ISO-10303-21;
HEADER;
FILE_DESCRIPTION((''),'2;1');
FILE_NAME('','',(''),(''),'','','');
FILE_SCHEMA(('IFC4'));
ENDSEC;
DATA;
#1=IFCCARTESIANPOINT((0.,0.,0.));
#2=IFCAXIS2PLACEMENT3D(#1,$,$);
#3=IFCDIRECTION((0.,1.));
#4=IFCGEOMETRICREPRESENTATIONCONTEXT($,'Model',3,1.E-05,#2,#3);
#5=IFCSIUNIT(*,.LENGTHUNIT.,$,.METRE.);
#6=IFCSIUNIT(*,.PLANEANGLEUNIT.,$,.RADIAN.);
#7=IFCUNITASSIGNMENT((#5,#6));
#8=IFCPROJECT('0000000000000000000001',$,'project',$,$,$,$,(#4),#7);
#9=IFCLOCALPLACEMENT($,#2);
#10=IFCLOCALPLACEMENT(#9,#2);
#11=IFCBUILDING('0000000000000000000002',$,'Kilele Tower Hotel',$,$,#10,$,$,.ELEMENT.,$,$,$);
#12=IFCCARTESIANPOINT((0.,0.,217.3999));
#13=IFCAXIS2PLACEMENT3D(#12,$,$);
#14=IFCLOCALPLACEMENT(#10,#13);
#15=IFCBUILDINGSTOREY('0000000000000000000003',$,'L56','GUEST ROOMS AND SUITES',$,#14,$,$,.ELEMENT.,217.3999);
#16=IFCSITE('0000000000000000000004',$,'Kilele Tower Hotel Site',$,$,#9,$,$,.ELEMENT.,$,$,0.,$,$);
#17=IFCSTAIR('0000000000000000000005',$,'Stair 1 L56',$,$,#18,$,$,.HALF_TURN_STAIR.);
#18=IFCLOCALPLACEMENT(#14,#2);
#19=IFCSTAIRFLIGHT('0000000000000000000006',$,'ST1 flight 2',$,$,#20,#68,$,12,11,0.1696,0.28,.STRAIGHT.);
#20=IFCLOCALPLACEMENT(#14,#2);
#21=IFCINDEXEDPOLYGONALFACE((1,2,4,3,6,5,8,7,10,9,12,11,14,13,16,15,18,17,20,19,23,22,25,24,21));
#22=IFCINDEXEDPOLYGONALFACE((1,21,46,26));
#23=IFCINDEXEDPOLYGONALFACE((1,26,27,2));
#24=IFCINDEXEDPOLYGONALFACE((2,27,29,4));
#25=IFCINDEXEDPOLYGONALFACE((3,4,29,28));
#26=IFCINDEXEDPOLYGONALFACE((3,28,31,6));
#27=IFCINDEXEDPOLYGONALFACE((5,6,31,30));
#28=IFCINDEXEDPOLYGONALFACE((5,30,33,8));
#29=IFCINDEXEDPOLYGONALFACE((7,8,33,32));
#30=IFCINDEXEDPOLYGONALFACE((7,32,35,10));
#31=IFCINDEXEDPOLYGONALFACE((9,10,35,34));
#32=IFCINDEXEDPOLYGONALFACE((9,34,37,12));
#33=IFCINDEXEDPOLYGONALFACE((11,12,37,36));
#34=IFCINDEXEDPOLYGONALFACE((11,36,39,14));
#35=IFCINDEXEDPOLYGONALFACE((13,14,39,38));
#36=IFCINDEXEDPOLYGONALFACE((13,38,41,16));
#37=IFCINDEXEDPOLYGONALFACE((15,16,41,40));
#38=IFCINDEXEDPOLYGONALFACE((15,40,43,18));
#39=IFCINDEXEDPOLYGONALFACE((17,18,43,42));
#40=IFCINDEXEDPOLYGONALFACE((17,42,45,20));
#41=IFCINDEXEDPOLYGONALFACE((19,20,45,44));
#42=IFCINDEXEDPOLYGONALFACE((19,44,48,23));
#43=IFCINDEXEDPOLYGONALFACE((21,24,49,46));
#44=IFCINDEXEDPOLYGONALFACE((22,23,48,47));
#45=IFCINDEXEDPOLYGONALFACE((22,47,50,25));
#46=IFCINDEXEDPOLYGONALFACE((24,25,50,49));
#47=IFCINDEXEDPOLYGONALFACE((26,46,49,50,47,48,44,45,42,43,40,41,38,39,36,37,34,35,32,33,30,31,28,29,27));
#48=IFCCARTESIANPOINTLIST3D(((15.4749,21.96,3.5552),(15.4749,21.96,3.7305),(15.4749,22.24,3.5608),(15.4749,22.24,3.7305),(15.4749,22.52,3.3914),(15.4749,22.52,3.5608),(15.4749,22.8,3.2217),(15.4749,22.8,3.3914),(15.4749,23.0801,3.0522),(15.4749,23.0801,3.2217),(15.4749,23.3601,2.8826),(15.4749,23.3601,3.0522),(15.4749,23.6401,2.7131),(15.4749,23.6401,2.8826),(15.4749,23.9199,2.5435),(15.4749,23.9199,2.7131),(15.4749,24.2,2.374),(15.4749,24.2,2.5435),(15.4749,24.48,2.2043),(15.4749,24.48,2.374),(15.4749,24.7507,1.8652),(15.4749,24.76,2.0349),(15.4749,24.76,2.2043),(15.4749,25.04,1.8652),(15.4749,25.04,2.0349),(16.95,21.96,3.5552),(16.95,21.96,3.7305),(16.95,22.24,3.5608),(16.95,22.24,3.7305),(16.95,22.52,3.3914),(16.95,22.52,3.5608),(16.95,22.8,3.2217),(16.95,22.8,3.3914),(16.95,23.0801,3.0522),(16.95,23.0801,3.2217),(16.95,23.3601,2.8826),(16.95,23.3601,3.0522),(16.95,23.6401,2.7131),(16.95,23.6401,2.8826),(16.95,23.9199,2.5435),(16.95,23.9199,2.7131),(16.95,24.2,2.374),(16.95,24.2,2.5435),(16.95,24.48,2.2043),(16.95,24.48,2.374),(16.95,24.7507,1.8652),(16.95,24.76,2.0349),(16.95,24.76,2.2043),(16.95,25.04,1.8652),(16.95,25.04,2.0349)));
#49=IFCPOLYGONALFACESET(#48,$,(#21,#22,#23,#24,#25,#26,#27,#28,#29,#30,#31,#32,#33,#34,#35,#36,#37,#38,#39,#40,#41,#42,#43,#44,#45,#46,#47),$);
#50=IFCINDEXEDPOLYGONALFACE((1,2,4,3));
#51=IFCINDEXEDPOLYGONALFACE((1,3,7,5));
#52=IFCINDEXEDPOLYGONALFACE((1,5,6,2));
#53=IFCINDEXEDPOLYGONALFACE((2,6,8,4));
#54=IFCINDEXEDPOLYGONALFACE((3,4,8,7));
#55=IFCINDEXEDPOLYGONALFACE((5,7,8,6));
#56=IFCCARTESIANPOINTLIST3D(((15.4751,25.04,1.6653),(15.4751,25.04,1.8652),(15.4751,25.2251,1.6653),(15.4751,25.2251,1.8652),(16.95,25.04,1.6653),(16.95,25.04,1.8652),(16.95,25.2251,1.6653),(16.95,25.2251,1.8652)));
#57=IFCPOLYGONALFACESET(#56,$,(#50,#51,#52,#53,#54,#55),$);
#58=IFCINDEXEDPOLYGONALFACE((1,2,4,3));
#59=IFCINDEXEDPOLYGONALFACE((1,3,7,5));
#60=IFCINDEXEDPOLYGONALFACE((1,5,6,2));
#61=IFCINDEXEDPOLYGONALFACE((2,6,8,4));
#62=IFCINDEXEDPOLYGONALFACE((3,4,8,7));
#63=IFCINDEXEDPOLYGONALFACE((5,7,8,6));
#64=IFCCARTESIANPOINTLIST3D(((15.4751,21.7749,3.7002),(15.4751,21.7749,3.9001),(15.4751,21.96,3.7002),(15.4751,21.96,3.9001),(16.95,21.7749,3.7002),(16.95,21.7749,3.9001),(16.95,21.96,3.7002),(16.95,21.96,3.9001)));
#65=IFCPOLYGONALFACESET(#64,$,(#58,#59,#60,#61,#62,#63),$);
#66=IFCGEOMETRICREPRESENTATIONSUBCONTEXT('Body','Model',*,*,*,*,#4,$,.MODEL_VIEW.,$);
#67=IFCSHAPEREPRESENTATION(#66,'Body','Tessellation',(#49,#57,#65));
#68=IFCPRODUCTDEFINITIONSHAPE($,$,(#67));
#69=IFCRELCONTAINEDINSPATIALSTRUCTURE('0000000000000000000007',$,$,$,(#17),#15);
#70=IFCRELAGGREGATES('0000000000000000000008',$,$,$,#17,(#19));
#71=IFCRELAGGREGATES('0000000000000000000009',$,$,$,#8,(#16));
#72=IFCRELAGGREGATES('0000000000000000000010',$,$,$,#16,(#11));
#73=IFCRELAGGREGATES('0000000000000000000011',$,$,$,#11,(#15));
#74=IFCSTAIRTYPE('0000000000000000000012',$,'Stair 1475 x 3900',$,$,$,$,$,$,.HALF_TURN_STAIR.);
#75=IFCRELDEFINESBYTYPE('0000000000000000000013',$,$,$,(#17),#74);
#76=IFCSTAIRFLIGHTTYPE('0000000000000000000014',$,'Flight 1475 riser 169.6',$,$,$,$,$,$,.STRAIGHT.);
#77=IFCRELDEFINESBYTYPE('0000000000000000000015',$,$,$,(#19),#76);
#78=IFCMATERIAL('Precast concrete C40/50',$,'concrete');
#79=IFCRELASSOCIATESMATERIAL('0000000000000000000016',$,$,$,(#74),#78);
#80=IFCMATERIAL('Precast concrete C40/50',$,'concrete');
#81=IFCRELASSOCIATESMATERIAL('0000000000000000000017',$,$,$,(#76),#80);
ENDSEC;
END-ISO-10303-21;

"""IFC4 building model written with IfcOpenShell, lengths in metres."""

from ifc_helpers import new_model, si_unit, direction, frame, origin, place, context, subcontext, project, spatial, polyline, outline, extrude, material, type_object, element, aggregate, save


model = new_model("IFC4")

# Units and contexts
model_context = context("Model", 3, precision=1e-05, world=origin(), true_north=direction((0.0, 1.0)))
body_context = subcontext(model_context, "Body", "Model", "MODEL_VIEW")
ifc_project = project(units=[si_unit("LENGTHUNIT", "METRE"), si_unit("PLANEANGLEUNIT", "RADIAN")], contexts=[model_context])

# Site, building, storey
site_placement = place(None, origin())
site = spatial("IfcSite", under=ifc_project, at=site_placement, Name="Kilele Tower Hotel Site", CompositionType="ELEMENT", RefElevation=0.0)
building_placement = place(site_placement, origin())
building = spatial("IfcBuilding", under=site, at=building_placement, Name="Kilele Tower Hotel", CompositionType="ELEMENT")
storey_placement = place(building_placement, frame((0.0, 0.0, 217.3999)))
storey = spatial("IfcBuildingStorey", under=building, at=storey_placement, Name="L56", Description="GUEST ROOMS AND SUITES", CompositionType="ELEMENT", Elevation=217.3999)

# Stair, stair flight
ifc_material_1 = material(Name="Precast concrete C40/50", Category="concrete")
stair_type = type_object("IfcStairType", Name="Stair 1475 x 3900", PredefinedType="HALF_TURN_STAIR", material=ifc_material_1)
stair_placement = place(storey_placement, origin())
stair = element("IfcStair", 1, at=stair_placement, inside=storey, type_object=stair_type, Name="Stair 1 L56", PredefinedType="HALF_TURN_STAIR")
ifc_material_2 = material(Name="Precast concrete C40/50", Category="concrete")
stair_flight_type = type_object("IfcStairFlightType", Name="Flight 1475 riser 169.6", PredefinedType="STRAIGHT", material=ifc_material_2)
stair_flight_placement = place(storey_placement, frame((16.2124, 25.04, 1.8652), z_axis=(0.0, 0.0, 1.0), x_axis=(0.0, -1.0, 0.0)))
stair_flight = element("IfcStairFlight", 2, at=stair_flight_placement, type_object=stair_flight_type, Name="ST1 flight 2", NumberOfRisers=12, NumberOfTreads=11, PredefinedType="STRAIGHT", RiserHeight=0.1696, TreadLength=0.28, context=body_context, shape_type="SweptSolid", body=[
    extrude(outline(polyline([(0.0, 0.0), (0.0, 0.1697), (0.28, 0.1697), (0.28, 0.3391), (0.5601, 0.3391), (0.5601, 0.5088), (0.8401, 0.5088), (0.8401, 0.6782), (1.1201, 0.6782), (1.1201, 0.8479), (1.3999, 0.8479), (1.3999, 1.0173), (1.6799, 1.0173), (1.6799, 1.187), (1.96, 1.187), (1.96, 1.3564), (2.24, 1.3564), (2.24, 1.5261), (2.52, 1.5261), (2.52, 1.6956), (2.8, 1.6956), (2.8, 1.8652), (3.0801, 1.8652), (3.0801, 2.0347), (3.0801, 1.6899), (0.2893, 0.0), (0.0, 0.0)])), frame((0.0, 0.7375, 0.0), z_axis=(0.0, -1.0, 0.0), x_axis=(1.0, 0.0, 0.0)), (0.0, 0.0, 1.0), 1.4751),
    extrude(outline(polyline([(0.0, -0.7373), (0.0, 0.7375), (-0.1851, 0.7375), (-0.1851, -0.7373), (0.0, -0.7373)])), frame((0.0, 0.0, -0.2)), (0.0, 0.0, 1.0), 0.2),
    extrude(outline(polyline([(3.2651, -0.7373), (3.2651, 0.7375), (3.0801, 0.7375), (3.0801, -0.7373), (3.2651, -0.7373)])), frame((0.0, 0.0, 1.835)), (0.0, 0.0, 1.0), 0.2),
])
aggregate(stair, [stair_flight])

save(model, "model.ifc")
